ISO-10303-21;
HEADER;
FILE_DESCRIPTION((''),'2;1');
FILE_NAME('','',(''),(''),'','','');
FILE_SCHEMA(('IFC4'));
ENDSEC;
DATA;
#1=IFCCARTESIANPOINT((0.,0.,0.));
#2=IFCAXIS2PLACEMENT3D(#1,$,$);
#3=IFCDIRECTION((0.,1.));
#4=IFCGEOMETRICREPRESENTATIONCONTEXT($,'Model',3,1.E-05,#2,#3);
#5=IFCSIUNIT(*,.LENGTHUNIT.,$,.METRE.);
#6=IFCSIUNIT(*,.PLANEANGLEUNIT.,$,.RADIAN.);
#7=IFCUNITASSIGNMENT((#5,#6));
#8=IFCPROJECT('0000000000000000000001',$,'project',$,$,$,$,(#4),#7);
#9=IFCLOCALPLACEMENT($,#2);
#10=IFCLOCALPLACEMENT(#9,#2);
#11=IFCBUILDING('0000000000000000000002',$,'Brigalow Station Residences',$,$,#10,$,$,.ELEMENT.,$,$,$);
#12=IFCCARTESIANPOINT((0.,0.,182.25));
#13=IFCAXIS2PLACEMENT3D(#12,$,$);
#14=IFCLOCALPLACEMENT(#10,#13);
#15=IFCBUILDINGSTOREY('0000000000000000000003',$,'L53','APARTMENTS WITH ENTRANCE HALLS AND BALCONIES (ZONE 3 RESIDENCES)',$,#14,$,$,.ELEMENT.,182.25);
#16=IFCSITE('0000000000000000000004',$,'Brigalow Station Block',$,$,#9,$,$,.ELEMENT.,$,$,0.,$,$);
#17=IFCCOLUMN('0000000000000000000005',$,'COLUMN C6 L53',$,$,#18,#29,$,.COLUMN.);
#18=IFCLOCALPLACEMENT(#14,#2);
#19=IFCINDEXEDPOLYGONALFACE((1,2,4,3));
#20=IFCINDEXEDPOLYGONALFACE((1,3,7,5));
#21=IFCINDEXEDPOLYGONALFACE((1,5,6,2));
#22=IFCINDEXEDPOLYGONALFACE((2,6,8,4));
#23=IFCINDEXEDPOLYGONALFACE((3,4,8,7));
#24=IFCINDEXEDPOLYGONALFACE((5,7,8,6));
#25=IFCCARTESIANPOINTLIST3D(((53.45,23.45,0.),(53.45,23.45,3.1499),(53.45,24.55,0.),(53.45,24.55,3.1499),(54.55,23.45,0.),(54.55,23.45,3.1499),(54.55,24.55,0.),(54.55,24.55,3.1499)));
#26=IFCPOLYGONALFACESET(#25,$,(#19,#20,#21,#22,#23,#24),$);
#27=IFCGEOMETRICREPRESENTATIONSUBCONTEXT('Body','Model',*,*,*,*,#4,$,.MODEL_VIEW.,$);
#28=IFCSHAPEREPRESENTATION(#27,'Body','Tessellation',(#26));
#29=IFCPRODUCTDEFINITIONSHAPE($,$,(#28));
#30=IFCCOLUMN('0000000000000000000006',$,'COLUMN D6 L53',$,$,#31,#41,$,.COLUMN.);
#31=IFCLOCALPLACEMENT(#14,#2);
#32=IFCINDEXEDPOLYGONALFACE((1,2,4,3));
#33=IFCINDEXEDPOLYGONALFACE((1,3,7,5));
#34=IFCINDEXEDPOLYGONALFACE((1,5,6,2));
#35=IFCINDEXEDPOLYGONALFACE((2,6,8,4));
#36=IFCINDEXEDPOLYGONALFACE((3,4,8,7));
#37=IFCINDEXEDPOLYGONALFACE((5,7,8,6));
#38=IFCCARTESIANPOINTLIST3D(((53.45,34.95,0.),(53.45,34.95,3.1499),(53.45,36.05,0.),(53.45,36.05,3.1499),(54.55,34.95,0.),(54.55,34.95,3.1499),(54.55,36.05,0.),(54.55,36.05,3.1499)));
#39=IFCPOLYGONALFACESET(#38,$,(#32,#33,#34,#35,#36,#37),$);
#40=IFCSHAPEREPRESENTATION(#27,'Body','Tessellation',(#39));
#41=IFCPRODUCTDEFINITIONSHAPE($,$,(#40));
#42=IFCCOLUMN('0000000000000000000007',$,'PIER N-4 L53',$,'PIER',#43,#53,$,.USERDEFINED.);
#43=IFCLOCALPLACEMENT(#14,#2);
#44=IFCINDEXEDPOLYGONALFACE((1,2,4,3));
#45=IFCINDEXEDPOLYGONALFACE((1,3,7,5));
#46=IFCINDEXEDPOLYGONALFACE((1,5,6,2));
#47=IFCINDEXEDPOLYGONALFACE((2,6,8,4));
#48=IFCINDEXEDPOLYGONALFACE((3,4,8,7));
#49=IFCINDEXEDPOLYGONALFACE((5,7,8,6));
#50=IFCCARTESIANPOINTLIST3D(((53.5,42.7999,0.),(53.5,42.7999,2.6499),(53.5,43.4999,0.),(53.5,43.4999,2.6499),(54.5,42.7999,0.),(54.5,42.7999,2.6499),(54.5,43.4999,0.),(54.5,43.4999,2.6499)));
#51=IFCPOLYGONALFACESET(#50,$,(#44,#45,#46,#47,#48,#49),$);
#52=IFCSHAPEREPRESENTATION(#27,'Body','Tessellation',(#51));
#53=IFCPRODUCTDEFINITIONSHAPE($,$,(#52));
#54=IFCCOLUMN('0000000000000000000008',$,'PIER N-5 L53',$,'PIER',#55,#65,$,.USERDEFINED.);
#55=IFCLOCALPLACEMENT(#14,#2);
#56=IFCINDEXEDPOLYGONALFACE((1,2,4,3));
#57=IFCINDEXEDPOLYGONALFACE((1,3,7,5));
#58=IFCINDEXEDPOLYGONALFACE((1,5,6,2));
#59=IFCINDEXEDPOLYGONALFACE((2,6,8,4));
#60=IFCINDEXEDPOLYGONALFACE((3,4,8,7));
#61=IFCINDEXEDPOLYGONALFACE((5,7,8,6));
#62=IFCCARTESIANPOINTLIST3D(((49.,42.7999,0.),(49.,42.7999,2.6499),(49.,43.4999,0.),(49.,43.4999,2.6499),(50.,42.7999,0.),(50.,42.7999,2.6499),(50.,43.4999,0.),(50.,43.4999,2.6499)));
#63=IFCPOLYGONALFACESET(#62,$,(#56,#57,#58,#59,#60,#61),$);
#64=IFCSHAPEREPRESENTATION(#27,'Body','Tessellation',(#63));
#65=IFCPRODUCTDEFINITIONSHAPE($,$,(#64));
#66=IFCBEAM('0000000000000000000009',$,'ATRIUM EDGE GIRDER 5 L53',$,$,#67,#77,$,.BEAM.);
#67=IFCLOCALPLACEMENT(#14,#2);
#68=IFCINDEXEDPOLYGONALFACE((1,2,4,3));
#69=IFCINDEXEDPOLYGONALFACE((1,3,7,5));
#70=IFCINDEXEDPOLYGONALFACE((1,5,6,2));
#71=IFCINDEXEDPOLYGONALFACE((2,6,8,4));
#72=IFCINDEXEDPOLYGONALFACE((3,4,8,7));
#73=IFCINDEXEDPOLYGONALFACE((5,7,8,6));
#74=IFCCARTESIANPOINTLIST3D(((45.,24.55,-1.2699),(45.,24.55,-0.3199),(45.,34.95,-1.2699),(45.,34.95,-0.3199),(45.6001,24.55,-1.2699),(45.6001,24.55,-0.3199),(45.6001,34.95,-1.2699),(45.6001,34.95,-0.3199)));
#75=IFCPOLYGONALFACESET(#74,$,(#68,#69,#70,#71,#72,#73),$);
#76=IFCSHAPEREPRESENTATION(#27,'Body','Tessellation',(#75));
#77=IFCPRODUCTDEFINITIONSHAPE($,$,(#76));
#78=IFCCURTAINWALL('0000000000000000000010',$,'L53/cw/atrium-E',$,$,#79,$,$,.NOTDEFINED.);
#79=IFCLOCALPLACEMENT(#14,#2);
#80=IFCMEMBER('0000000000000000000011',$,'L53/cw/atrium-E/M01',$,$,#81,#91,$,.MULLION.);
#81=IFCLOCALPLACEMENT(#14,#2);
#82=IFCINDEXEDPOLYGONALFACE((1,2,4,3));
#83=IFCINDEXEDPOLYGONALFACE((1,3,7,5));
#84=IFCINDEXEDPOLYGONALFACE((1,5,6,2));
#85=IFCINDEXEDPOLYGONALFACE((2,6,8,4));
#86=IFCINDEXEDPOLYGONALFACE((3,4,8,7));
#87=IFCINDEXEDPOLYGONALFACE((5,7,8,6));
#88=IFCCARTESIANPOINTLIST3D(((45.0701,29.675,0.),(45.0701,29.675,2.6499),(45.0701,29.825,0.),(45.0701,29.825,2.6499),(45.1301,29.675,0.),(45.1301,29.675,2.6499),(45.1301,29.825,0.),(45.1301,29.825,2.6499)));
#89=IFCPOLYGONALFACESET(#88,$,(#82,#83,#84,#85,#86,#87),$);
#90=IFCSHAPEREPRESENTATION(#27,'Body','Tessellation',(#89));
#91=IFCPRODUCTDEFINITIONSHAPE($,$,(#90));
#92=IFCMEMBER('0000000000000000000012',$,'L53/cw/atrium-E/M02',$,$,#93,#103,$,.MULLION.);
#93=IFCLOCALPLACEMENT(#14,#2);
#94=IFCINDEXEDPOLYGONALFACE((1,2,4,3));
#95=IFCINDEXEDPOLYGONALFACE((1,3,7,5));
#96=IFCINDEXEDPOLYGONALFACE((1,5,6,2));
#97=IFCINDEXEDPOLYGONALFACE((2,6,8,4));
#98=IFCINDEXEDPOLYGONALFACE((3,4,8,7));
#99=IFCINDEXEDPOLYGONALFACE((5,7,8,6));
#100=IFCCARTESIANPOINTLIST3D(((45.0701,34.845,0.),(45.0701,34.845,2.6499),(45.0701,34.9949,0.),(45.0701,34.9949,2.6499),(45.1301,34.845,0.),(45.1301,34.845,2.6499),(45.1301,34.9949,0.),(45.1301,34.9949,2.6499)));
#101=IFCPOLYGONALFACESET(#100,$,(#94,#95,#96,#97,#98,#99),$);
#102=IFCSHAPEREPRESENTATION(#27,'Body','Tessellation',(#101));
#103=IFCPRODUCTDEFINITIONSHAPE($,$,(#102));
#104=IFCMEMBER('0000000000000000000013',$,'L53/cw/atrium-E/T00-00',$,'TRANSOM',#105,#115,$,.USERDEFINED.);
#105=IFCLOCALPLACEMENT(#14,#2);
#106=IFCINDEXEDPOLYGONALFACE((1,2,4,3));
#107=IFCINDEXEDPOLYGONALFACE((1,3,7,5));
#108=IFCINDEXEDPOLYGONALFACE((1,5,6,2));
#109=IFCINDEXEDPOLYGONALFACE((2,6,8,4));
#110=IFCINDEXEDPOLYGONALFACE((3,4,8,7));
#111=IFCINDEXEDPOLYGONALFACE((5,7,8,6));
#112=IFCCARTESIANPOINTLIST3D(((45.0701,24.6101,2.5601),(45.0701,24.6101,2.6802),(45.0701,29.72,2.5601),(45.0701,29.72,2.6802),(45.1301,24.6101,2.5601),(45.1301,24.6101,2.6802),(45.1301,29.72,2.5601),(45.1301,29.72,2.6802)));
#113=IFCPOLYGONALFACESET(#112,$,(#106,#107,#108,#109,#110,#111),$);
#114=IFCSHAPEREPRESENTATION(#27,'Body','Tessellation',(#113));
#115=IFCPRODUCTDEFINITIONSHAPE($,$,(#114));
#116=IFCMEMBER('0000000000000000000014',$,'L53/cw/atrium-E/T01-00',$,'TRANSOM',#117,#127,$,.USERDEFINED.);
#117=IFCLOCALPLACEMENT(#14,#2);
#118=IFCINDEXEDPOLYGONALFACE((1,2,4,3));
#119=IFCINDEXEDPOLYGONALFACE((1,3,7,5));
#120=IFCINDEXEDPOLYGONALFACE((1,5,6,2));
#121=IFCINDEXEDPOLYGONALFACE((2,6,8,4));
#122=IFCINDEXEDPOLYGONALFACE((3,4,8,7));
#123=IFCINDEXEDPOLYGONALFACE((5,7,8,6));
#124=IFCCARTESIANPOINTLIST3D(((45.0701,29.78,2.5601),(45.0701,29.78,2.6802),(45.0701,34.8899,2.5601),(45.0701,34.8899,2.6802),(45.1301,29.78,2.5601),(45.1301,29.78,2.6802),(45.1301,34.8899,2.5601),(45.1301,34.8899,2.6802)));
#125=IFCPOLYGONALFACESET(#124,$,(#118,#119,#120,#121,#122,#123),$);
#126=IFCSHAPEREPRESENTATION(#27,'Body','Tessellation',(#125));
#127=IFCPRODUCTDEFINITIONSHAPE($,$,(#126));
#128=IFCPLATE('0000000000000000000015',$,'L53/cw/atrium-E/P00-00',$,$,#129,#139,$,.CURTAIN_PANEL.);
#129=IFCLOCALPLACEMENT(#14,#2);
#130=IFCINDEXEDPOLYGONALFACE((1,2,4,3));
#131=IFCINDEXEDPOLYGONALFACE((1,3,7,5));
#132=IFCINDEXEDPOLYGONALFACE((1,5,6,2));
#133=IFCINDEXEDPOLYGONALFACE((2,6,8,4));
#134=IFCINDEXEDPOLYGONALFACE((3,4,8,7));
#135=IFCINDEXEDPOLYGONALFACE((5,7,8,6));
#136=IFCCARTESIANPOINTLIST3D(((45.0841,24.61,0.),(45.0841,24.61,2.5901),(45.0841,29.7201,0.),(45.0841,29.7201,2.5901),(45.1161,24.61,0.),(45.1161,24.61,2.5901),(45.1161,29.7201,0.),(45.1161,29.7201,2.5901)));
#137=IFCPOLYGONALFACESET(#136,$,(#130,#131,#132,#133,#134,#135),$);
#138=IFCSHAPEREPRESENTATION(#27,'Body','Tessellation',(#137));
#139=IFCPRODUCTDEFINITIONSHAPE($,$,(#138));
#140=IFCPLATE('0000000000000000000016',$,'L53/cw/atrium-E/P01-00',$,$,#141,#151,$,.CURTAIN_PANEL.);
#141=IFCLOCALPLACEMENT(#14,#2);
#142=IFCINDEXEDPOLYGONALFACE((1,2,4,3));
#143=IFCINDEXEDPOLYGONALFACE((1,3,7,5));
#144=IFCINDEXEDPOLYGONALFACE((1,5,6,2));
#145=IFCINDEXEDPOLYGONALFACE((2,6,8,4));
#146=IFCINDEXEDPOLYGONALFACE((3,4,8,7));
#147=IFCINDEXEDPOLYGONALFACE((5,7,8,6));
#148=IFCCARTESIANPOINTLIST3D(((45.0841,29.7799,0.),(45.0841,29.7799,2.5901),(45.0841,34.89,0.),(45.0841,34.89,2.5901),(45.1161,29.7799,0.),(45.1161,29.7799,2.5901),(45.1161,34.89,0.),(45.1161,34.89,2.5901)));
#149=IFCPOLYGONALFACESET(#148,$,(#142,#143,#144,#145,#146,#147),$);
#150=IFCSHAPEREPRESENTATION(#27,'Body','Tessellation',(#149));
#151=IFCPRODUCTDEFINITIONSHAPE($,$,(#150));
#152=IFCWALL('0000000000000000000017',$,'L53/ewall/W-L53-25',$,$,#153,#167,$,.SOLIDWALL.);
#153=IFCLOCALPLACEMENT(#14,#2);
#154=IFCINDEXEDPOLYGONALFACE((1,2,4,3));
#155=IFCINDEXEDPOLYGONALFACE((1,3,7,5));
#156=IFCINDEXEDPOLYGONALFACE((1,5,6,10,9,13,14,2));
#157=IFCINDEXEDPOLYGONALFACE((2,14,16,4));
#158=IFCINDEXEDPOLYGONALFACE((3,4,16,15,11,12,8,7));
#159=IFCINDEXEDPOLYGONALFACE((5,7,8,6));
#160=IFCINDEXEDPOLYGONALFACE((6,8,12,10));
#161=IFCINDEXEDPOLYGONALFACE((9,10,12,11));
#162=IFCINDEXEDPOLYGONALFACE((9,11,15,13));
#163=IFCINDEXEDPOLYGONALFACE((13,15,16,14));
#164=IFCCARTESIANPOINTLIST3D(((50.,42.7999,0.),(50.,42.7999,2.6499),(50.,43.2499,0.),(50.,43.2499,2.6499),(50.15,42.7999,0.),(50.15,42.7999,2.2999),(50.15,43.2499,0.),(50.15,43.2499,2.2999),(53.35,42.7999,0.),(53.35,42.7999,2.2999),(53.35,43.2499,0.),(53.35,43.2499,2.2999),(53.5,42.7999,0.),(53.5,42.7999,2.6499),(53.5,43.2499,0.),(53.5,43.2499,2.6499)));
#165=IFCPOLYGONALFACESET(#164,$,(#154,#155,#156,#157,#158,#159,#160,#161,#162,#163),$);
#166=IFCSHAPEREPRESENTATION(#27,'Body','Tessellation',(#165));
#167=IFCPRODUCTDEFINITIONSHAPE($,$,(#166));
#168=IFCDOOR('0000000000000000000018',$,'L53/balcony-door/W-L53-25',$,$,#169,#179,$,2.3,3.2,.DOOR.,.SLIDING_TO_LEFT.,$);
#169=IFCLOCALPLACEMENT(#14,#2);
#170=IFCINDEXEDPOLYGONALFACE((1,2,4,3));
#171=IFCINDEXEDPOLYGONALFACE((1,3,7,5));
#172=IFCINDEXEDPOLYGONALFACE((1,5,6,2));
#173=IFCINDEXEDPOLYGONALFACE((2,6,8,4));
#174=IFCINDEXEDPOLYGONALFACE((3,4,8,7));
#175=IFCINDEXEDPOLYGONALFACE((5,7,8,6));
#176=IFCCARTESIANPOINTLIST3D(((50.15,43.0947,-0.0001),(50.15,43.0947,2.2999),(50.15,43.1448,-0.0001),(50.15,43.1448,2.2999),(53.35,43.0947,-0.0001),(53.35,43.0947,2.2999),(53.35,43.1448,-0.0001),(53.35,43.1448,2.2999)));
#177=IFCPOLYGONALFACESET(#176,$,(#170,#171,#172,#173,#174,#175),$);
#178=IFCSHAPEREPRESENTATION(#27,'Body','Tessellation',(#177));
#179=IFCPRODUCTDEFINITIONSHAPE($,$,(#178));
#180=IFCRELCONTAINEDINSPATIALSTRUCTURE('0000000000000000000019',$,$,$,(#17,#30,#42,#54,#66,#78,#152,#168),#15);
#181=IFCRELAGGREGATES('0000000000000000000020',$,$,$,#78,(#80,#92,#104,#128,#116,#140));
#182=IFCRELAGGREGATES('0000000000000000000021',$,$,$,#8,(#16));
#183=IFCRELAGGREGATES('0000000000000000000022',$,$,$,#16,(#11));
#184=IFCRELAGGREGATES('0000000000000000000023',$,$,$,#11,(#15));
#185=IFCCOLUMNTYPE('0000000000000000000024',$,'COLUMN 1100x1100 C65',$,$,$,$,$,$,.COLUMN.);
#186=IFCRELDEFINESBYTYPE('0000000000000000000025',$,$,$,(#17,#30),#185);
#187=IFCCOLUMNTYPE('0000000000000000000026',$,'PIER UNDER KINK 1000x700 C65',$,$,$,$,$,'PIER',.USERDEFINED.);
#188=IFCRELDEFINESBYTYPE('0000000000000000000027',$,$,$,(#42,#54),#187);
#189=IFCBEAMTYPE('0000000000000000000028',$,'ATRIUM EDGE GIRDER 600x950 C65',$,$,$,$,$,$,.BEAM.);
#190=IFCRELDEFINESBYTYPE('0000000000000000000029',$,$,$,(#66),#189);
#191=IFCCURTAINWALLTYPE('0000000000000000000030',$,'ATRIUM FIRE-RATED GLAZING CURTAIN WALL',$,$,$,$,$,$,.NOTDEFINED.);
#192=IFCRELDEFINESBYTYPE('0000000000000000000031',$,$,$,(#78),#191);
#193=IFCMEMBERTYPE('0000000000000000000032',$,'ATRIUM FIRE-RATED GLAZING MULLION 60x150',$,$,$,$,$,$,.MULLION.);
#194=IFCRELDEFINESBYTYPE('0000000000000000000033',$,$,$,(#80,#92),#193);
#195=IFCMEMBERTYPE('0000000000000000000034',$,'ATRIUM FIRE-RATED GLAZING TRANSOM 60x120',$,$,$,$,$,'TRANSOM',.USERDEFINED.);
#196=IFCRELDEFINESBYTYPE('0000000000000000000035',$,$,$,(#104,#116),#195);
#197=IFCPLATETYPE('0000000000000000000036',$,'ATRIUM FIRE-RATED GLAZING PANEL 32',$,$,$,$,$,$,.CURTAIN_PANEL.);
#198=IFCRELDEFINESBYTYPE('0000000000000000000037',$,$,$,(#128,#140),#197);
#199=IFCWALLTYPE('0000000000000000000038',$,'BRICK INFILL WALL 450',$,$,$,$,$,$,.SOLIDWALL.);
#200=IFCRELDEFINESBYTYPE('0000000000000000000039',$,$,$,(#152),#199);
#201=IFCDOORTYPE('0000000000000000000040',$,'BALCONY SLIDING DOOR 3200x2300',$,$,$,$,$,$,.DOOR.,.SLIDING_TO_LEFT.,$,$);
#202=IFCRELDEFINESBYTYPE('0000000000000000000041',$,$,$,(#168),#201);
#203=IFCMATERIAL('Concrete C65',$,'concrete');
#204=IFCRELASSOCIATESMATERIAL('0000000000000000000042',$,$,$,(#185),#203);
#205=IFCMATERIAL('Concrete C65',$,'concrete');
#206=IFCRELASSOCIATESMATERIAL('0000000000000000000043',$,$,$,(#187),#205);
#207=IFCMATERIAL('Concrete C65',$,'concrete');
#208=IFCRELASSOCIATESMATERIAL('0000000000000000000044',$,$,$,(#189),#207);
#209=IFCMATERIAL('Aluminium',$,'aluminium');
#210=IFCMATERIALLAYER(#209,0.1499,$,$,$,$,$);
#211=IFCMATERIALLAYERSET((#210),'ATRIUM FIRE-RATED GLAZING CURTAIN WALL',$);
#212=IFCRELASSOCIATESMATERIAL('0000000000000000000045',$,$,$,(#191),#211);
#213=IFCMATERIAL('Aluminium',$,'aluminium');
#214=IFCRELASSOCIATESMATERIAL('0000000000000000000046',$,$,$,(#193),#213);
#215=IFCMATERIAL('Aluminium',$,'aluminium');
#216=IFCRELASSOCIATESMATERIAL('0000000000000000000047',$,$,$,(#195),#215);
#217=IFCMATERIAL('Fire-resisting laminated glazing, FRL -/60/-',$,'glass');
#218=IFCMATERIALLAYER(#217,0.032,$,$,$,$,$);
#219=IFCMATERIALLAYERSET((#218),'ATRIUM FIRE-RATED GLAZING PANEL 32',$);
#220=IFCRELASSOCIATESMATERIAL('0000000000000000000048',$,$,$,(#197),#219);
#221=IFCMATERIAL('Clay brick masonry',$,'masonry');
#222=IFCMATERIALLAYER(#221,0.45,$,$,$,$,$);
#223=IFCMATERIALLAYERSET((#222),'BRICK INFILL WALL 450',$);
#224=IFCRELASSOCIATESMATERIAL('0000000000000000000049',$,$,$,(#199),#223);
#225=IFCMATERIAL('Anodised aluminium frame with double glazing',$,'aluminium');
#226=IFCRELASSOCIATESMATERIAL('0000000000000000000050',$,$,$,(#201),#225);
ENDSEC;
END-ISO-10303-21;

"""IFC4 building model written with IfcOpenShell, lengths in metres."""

from ifc_helpers import new_model, si_unit, direction, frame, frame_2d, origin, origin_2d, place, context, subcontext, project, spatial, rectangle, extrude, material, layer, layer_set, material_profile, profile_set, type_object, element, fill, aggregate, save


model = new_model("IFC4")

# Units and contexts
model_context = context("Model", 3, precision=1e-05, world=origin(), true_north=direction((0.0, 1.0)))
body_context = subcontext(model_context, "Body", "Model", "MODEL_VIEW")
ifc_project = project(units=[si_unit("LENGTHUNIT", "METRE"), si_unit("PLANEANGLEUNIT", "RADIAN")], contexts=[model_context])

# Site, building, storey
site_placement = place(None, origin())
site = spatial("IfcSite", under=ifc_project, at=site_placement, Name="Brigalow Station Block", CompositionType="ELEMENT", RefElevation=0.0)
building_placement = place(site_placement, origin())
building = spatial("IfcBuilding", under=site, at=building_placement, Name="Brigalow Station Residences", CompositionType="ELEMENT")
storey_placement = place(building_placement, frame((0.0, 0.0, 182.25)))
storey = spatial("IfcBuildingStorey", under=building, at=storey_placement, Name="L53", Description="APARTMENTS WITH ENTRANCE HALLS AND BALCONIES (ZONE 3 RESIDENCES)", CompositionType="ELEMENT", Elevation=182.25)

# Columns
ifc_material_1 = material(Name="Concrete C65", Category="concrete")
ifc_material_profile_1 = material_profile(ifc_material_1, rectangle(XDim=1.1001, YDim=1.1001, at=origin_2d()), Name="RC1100x1100")
ifc_profile_set_1 = profile_set([ifc_material_profile_1], Name="Concrete C65")
column_type_1 = type_object("IfcColumnType", Name="COLUMN 1100x1100 C65", PredefinedType="COLUMN", material=ifc_profile_set_1)
for number, where, z_axis, x_axis, name in (
    (1, (54.0, 24.0, 0.0), (0.0, 0.0, 1.0), (1.0, 0.0, 0.0), "COLUMN C6 L53"),
    (2, (54.0, 35.5, 0.0), (0.0, 0.0, 1.0), (1.0, 0.0, 0.0), "COLUMN D6 L53"),
):
    element("IfcColumn", number, at=place(storey_placement, frame(where, z_axis=z_axis, x_axis=x_axis)), inside=storey, type_object=column_type_1, Name=name, PredefinedType="COLUMN", context=body_context, shape_type="SweptSolid", body=[
        extrude(rectangle(XDim=1.1001, YDim=1.1001, at=origin_2d()), origin(), (0.0, 0.0, 1.0), 3.1499),
    ])
ifc_material_2 = material(Name="Concrete C65", Category="concrete")
ifc_material_profile_2 = material_profile(ifc_material_2, rectangle(XDim=1.0, YDim=0.7, at=origin_2d()), Name="RC1000x700")
ifc_profile_set_2 = profile_set([ifc_material_profile_2], Name="Concrete C65")
column_type_2 = type_object("IfcColumnType", Name="PIER UNDER KINK 1000x700 C65", ElementType="PIER", PredefinedType="USERDEFINED", material=ifc_profile_set_2)
for number, where, z_axis, x_axis, name in (
    (3, (54.0, 43.1499, 0.0), (0.0, 0.0, 1.0), (-1.0, 0.0, 0.0), "PIER N-4 L53"),
    (4, (49.5, 43.1499, 0.0), (0.0, 0.0, 1.0), (-1.0, 0.0, 0.0), "PIER N-5 L53"),
):
    element("IfcColumn", number, at=place(storey_placement, frame(where, z_axis=z_axis, x_axis=x_axis)), inside=storey, type_object=column_type_2, Name=name, ObjectType="PIER", PredefinedType="USERDEFINED", context=body_context, shape_type="SweptSolid", body=[
        extrude(rectangle(XDim=1.0, YDim=0.7, at=origin_2d()), origin(), (0.0, 0.0, 1.0), 2.6499),
    ])

# Beam
ifc_material_3 = material(Name="Concrete C65", Category="concrete")
ifc_material_profile_3 = material_profile(ifc_material_3, rectangle(XDim=0.6001, YDim=0.95, at=origin_2d()), Name="RC600x950")
ifc_profile_set_3 = profile_set([ifc_material_profile_3], Name="Concrete C65")
beam_type = type_object("IfcBeamType", Name="ATRIUM EDGE GIRDER 600x950 C65", PredefinedType="BEAM", material=ifc_profile_set_3)
beam_placement = place(storey_placement, frame((45.3, 24.55, -0.7949), z_axis=(0.0, 1.0, 0.0), x_axis=(-1.0, 0.0, 0.0)))
element("IfcBeam", 5, at=beam_placement, inside=storey, type_object=beam_type, Name="ATRIUM EDGE GIRDER 5 L53", PredefinedType="BEAM", context=body_context, shape_type="SweptSolid", body=[
    extrude(rectangle(XDim=0.6001, YDim=0.95, at=origin_2d()), origin(), (0.0, 0.0, 1.0), 10.3999),
])

# Curtain wall, members, plates
ifc_material_4 = material(Name="Aluminium", Category="aluminium")
ifc_layer_1 = layer(ifc_material_4, 0.1499)
ifc_layer_set_1 = layer_set([ifc_layer_1], Name="ATRIUM FIRE-RATED GLAZING CURTAIN WALL")
curtain_wall_type = type_object("IfcCurtainWallType", Name="ATRIUM FIRE-RATED GLAZING CURTAIN WALL", PredefinedType="NOTDEFINED", material=ifc_layer_set_1)
curtain_wall_placement = place(storey_placement, origin())
curtain_wall = element("IfcCurtainWall", 6, at=curtain_wall_placement, inside=storey, type_object=curtain_wall_type, Name="L53/cw/atrium-E", PredefinedType="NOTDEFINED")
ifc_material_5 = material(Name="Aluminium", Category="aluminium")
ifc_material_profile_4 = material_profile(ifc_material_5, rectangle(XDim=0.0601, YDim=0.1499, at=origin_2d()), Name="ATRIUM FIRE-RATED GLAZING MULLION 60x150")
ifc_profile_set_4 = profile_set([ifc_material_profile_4], Name="Aluminium")
member_type_1 = type_object("IfcMemberType", Name="ATRIUM FIRE-RATED GLAZING MULLION 60x150", PredefinedType="MULLION", material=ifc_profile_set_4)
member_1_placement = place(storey_placement, frame((45.1001, 29.75, 0.0), z_axis=(0.0, 0.0, 1.0), x_axis=(-1.0, 0.0, 0.0)))
member_1 = element("IfcMember", 7, at=member_1_placement, type_object=member_type_1, Name="L53/cw/atrium-E/M01", PredefinedType="MULLION", context=body_context, shape_type="SweptSolid", body=[
    extrude(rectangle(XDim=0.0601, YDim=0.1499, at=origin_2d()), origin(), (0.0, 0.0, 1.0), 2.6499),
])
member_2_placement = place(storey_placement, frame((45.1001, 34.9199, 0.0), z_axis=(0.0, 0.0, 1.0), x_axis=(-1.0, 0.0, 0.0)))
member_2 = element("IfcMember", 8, at=member_2_placement, type_object=member_type_1, Name="L53/cw/atrium-E/M02", PredefinedType="MULLION", context=body_context, shape_type="SweptSolid", body=[
    extrude(rectangle(XDim=0.0601, YDim=0.1499, at=origin_2d()), origin(), (0.0, 0.0, 1.0), 2.6499),
])
ifc_material_6 = material(Name="Aluminium", Category="aluminium")
ifc_material_profile_5 = material_profile(ifc_material_6, rectangle(XDim=0.0601, YDim=0.1201, at=origin_2d()), Name="ATRIUM FIRE-RATED GLAZING TRANSOM 60x120")
ifc_profile_set_5 = profile_set([ifc_material_profile_5], Name="Aluminium")
member_type_2 = type_object("IfcMemberType", Name="ATRIUM FIRE-RATED GLAZING TRANSOM 60x120", ElementType="TRANSOM", PredefinedType="USERDEFINED", material=ifc_profile_set_5)
member_3_placement = place(storey_placement, frame((45.1001, 24.6101, 2.6201), z_axis=(0.0, 1.0, 0.0), x_axis=(-1.0, 0.0, 0.0)))
member_3 = element("IfcMember", 9, at=member_3_placement, type_object=member_type_2, Name="L53/cw/atrium-E/T00-00", ObjectType="TRANSOM", PredefinedType="USERDEFINED", context=body_context, shape_type="SweptSolid", body=[
    extrude(rectangle(XDim=0.0601, YDim=0.1201, at=origin_2d()), origin(), (0.0, 0.0, 1.0), 5.1099),
])
member_4_placement = place(storey_placement, frame((45.1001, 29.78, 2.6201), z_axis=(0.0, 1.0, 0.0), x_axis=(-1.0, 0.0, 0.0)))
member_4 = element("IfcMember", 10, at=member_4_placement, type_object=member_type_2, Name="L53/cw/atrium-E/T01-00", ObjectType="TRANSOM", PredefinedType="USERDEFINED", context=body_context, shape_type="SweptSolid", body=[
    extrude(rectangle(XDim=0.0601, YDim=0.1201, at=origin_2d()), origin(), (0.0, 0.0, 1.0), 5.1099),
])
ifc_material_7 = material(Name="Fire-resisting laminated glazing, FRL -/60/-", Category="glass")
ifc_layer_2 = layer(ifc_material_7, 0.032)
ifc_layer_set_2 = layer_set([ifc_layer_2], Name="ATRIUM FIRE-RATED GLAZING PANEL 32")
plate_type = type_object("IfcPlateType", Name="ATRIUM FIRE-RATED GLAZING PANEL 32", PredefinedType="CURTAIN_PANEL", material=ifc_layer_set_2)
plate_1_placement = place(storey_placement, frame((45.1001, 27.165, 0.0), z_axis=(0.0, 0.0, 1.0), x_axis=(0.0, 1.0, 0.0)))
plate_1 = element("IfcPlate", 11, at=plate_1_placement, type_object=plate_type, Name="L53/cw/atrium-E/P00-00", PredefinedType="CURTAIN_PANEL", context=body_context, shape_type="SweptSolid", body=[
    extrude(rectangle(XDim=5.1101, YDim=0.032, at=origin_2d()), origin(), (0.0, 0.0, 1.0), 2.5901),
])
plate_2_placement = place(storey_placement, frame((45.1001, 32.335, 0.0), z_axis=(0.0, 0.0, 1.0), x_axis=(0.0, 1.0, 0.0)))
plate_2 = element("IfcPlate", 12, at=plate_2_placement, type_object=plate_type, Name="L53/cw/atrium-E/P01-00", PredefinedType="CURTAIN_PANEL", context=body_context, shape_type="SweptSolid", body=[
    extrude(rectangle(XDim=5.1101, YDim=0.032, at=origin_2d()), origin(), (0.0, 0.0, 1.0), 2.5901),
])
aggregate(curtain_wall, [member_1, member_2, member_3, plate_1, member_4, plate_2])

# Wall, opening, door
ifc_material_8 = material(Name="Clay brick masonry", Category="masonry")
ifc_layer_3 = layer(ifc_material_8, 0.45)
ifc_layer_set_3 = layer_set([ifc_layer_3], Name="BRICK INFILL WALL 450")
wall_type_1 = type_object("IfcWallType", Name="BRICK INFILL WALL 450", PredefinedType="SOLIDWALL", material=ifc_layer_set_3)
wall_1_placement = place(storey_placement, frame((53.5, 43.0249, 0.0), z_axis=(0.0, 0.0, 1.0), x_axis=(-1.0, 0.0, 0.0)))
wall_1 = element("IfcWall", 13, at=wall_1_placement, inside=storey, type_object=wall_type_1, Name="L53/ewall/W-L53-25", PredefinedType="SOLIDWALL", context=body_context, shape_type="SweptSolid", body=[
    extrude(rectangle(XDim=3.5, YDim=0.45, at=frame_2d((1.75, 0.0))), origin(), (0.0, 0.0, 1.0), 2.6499),
])
opening_1_placement = place(wall_1_placement, frame((0.1499, 0.0, 0.0)))
opening_1 = element("IfcOpeningElement", 14, at=opening_1_placement, cuts=wall_1, PredefinedType="OPENING", context=body_context, shape_type="SweptSolid", body=[
    extrude(rectangle(XDim=3.2, YDim=2.3, at=frame_2d((1.6001, 1.1499))), frame((0.0, 0.2349, 0.0), z_axis=(0.0, -1.0, 0.0), x_axis=(1.0, 0.0, 0.0)), (0.0, 0.0, 1.0), 0.47),
])
ifc_material_9 = material(Name="Anodised aluminium frame with double glazing", Category="aluminium")
door_type_1 = type_object("IfcDoorType", Name="BALCONY SLIDING DOOR 3200x2300", OperationType="SLIDING_TO_LEFT", PredefinedType="DOOR", material=ifc_material_9)
door_1_placement = place(opening_1_placement, origin())
door_1 = element("IfcDoor", 15, at=door_1_placement, inside=storey, type_object=door_type_1, Name="L53/balcony-door/W-L53-25", OperationType="SLIDING_TO_LEFT", OverallHeight=2.3, OverallWidth=3.2, PredefinedType="DOOR", context=body_context, shape_type="SweptSolid", body=[
    extrude(rectangle(XDim=3.2, YDim=2.3, at=frame_2d((1.6001, 1.1499))), frame((0.0, -0.0698, 0.0), z_axis=(0.0, -1.0, 0.0), x_axis=(1.0, 0.0, 0.0)), (0.0, 0.0, 1.0), 0.05),
])
fill(opening_1, door_1)

save(model, "model.ifc")
